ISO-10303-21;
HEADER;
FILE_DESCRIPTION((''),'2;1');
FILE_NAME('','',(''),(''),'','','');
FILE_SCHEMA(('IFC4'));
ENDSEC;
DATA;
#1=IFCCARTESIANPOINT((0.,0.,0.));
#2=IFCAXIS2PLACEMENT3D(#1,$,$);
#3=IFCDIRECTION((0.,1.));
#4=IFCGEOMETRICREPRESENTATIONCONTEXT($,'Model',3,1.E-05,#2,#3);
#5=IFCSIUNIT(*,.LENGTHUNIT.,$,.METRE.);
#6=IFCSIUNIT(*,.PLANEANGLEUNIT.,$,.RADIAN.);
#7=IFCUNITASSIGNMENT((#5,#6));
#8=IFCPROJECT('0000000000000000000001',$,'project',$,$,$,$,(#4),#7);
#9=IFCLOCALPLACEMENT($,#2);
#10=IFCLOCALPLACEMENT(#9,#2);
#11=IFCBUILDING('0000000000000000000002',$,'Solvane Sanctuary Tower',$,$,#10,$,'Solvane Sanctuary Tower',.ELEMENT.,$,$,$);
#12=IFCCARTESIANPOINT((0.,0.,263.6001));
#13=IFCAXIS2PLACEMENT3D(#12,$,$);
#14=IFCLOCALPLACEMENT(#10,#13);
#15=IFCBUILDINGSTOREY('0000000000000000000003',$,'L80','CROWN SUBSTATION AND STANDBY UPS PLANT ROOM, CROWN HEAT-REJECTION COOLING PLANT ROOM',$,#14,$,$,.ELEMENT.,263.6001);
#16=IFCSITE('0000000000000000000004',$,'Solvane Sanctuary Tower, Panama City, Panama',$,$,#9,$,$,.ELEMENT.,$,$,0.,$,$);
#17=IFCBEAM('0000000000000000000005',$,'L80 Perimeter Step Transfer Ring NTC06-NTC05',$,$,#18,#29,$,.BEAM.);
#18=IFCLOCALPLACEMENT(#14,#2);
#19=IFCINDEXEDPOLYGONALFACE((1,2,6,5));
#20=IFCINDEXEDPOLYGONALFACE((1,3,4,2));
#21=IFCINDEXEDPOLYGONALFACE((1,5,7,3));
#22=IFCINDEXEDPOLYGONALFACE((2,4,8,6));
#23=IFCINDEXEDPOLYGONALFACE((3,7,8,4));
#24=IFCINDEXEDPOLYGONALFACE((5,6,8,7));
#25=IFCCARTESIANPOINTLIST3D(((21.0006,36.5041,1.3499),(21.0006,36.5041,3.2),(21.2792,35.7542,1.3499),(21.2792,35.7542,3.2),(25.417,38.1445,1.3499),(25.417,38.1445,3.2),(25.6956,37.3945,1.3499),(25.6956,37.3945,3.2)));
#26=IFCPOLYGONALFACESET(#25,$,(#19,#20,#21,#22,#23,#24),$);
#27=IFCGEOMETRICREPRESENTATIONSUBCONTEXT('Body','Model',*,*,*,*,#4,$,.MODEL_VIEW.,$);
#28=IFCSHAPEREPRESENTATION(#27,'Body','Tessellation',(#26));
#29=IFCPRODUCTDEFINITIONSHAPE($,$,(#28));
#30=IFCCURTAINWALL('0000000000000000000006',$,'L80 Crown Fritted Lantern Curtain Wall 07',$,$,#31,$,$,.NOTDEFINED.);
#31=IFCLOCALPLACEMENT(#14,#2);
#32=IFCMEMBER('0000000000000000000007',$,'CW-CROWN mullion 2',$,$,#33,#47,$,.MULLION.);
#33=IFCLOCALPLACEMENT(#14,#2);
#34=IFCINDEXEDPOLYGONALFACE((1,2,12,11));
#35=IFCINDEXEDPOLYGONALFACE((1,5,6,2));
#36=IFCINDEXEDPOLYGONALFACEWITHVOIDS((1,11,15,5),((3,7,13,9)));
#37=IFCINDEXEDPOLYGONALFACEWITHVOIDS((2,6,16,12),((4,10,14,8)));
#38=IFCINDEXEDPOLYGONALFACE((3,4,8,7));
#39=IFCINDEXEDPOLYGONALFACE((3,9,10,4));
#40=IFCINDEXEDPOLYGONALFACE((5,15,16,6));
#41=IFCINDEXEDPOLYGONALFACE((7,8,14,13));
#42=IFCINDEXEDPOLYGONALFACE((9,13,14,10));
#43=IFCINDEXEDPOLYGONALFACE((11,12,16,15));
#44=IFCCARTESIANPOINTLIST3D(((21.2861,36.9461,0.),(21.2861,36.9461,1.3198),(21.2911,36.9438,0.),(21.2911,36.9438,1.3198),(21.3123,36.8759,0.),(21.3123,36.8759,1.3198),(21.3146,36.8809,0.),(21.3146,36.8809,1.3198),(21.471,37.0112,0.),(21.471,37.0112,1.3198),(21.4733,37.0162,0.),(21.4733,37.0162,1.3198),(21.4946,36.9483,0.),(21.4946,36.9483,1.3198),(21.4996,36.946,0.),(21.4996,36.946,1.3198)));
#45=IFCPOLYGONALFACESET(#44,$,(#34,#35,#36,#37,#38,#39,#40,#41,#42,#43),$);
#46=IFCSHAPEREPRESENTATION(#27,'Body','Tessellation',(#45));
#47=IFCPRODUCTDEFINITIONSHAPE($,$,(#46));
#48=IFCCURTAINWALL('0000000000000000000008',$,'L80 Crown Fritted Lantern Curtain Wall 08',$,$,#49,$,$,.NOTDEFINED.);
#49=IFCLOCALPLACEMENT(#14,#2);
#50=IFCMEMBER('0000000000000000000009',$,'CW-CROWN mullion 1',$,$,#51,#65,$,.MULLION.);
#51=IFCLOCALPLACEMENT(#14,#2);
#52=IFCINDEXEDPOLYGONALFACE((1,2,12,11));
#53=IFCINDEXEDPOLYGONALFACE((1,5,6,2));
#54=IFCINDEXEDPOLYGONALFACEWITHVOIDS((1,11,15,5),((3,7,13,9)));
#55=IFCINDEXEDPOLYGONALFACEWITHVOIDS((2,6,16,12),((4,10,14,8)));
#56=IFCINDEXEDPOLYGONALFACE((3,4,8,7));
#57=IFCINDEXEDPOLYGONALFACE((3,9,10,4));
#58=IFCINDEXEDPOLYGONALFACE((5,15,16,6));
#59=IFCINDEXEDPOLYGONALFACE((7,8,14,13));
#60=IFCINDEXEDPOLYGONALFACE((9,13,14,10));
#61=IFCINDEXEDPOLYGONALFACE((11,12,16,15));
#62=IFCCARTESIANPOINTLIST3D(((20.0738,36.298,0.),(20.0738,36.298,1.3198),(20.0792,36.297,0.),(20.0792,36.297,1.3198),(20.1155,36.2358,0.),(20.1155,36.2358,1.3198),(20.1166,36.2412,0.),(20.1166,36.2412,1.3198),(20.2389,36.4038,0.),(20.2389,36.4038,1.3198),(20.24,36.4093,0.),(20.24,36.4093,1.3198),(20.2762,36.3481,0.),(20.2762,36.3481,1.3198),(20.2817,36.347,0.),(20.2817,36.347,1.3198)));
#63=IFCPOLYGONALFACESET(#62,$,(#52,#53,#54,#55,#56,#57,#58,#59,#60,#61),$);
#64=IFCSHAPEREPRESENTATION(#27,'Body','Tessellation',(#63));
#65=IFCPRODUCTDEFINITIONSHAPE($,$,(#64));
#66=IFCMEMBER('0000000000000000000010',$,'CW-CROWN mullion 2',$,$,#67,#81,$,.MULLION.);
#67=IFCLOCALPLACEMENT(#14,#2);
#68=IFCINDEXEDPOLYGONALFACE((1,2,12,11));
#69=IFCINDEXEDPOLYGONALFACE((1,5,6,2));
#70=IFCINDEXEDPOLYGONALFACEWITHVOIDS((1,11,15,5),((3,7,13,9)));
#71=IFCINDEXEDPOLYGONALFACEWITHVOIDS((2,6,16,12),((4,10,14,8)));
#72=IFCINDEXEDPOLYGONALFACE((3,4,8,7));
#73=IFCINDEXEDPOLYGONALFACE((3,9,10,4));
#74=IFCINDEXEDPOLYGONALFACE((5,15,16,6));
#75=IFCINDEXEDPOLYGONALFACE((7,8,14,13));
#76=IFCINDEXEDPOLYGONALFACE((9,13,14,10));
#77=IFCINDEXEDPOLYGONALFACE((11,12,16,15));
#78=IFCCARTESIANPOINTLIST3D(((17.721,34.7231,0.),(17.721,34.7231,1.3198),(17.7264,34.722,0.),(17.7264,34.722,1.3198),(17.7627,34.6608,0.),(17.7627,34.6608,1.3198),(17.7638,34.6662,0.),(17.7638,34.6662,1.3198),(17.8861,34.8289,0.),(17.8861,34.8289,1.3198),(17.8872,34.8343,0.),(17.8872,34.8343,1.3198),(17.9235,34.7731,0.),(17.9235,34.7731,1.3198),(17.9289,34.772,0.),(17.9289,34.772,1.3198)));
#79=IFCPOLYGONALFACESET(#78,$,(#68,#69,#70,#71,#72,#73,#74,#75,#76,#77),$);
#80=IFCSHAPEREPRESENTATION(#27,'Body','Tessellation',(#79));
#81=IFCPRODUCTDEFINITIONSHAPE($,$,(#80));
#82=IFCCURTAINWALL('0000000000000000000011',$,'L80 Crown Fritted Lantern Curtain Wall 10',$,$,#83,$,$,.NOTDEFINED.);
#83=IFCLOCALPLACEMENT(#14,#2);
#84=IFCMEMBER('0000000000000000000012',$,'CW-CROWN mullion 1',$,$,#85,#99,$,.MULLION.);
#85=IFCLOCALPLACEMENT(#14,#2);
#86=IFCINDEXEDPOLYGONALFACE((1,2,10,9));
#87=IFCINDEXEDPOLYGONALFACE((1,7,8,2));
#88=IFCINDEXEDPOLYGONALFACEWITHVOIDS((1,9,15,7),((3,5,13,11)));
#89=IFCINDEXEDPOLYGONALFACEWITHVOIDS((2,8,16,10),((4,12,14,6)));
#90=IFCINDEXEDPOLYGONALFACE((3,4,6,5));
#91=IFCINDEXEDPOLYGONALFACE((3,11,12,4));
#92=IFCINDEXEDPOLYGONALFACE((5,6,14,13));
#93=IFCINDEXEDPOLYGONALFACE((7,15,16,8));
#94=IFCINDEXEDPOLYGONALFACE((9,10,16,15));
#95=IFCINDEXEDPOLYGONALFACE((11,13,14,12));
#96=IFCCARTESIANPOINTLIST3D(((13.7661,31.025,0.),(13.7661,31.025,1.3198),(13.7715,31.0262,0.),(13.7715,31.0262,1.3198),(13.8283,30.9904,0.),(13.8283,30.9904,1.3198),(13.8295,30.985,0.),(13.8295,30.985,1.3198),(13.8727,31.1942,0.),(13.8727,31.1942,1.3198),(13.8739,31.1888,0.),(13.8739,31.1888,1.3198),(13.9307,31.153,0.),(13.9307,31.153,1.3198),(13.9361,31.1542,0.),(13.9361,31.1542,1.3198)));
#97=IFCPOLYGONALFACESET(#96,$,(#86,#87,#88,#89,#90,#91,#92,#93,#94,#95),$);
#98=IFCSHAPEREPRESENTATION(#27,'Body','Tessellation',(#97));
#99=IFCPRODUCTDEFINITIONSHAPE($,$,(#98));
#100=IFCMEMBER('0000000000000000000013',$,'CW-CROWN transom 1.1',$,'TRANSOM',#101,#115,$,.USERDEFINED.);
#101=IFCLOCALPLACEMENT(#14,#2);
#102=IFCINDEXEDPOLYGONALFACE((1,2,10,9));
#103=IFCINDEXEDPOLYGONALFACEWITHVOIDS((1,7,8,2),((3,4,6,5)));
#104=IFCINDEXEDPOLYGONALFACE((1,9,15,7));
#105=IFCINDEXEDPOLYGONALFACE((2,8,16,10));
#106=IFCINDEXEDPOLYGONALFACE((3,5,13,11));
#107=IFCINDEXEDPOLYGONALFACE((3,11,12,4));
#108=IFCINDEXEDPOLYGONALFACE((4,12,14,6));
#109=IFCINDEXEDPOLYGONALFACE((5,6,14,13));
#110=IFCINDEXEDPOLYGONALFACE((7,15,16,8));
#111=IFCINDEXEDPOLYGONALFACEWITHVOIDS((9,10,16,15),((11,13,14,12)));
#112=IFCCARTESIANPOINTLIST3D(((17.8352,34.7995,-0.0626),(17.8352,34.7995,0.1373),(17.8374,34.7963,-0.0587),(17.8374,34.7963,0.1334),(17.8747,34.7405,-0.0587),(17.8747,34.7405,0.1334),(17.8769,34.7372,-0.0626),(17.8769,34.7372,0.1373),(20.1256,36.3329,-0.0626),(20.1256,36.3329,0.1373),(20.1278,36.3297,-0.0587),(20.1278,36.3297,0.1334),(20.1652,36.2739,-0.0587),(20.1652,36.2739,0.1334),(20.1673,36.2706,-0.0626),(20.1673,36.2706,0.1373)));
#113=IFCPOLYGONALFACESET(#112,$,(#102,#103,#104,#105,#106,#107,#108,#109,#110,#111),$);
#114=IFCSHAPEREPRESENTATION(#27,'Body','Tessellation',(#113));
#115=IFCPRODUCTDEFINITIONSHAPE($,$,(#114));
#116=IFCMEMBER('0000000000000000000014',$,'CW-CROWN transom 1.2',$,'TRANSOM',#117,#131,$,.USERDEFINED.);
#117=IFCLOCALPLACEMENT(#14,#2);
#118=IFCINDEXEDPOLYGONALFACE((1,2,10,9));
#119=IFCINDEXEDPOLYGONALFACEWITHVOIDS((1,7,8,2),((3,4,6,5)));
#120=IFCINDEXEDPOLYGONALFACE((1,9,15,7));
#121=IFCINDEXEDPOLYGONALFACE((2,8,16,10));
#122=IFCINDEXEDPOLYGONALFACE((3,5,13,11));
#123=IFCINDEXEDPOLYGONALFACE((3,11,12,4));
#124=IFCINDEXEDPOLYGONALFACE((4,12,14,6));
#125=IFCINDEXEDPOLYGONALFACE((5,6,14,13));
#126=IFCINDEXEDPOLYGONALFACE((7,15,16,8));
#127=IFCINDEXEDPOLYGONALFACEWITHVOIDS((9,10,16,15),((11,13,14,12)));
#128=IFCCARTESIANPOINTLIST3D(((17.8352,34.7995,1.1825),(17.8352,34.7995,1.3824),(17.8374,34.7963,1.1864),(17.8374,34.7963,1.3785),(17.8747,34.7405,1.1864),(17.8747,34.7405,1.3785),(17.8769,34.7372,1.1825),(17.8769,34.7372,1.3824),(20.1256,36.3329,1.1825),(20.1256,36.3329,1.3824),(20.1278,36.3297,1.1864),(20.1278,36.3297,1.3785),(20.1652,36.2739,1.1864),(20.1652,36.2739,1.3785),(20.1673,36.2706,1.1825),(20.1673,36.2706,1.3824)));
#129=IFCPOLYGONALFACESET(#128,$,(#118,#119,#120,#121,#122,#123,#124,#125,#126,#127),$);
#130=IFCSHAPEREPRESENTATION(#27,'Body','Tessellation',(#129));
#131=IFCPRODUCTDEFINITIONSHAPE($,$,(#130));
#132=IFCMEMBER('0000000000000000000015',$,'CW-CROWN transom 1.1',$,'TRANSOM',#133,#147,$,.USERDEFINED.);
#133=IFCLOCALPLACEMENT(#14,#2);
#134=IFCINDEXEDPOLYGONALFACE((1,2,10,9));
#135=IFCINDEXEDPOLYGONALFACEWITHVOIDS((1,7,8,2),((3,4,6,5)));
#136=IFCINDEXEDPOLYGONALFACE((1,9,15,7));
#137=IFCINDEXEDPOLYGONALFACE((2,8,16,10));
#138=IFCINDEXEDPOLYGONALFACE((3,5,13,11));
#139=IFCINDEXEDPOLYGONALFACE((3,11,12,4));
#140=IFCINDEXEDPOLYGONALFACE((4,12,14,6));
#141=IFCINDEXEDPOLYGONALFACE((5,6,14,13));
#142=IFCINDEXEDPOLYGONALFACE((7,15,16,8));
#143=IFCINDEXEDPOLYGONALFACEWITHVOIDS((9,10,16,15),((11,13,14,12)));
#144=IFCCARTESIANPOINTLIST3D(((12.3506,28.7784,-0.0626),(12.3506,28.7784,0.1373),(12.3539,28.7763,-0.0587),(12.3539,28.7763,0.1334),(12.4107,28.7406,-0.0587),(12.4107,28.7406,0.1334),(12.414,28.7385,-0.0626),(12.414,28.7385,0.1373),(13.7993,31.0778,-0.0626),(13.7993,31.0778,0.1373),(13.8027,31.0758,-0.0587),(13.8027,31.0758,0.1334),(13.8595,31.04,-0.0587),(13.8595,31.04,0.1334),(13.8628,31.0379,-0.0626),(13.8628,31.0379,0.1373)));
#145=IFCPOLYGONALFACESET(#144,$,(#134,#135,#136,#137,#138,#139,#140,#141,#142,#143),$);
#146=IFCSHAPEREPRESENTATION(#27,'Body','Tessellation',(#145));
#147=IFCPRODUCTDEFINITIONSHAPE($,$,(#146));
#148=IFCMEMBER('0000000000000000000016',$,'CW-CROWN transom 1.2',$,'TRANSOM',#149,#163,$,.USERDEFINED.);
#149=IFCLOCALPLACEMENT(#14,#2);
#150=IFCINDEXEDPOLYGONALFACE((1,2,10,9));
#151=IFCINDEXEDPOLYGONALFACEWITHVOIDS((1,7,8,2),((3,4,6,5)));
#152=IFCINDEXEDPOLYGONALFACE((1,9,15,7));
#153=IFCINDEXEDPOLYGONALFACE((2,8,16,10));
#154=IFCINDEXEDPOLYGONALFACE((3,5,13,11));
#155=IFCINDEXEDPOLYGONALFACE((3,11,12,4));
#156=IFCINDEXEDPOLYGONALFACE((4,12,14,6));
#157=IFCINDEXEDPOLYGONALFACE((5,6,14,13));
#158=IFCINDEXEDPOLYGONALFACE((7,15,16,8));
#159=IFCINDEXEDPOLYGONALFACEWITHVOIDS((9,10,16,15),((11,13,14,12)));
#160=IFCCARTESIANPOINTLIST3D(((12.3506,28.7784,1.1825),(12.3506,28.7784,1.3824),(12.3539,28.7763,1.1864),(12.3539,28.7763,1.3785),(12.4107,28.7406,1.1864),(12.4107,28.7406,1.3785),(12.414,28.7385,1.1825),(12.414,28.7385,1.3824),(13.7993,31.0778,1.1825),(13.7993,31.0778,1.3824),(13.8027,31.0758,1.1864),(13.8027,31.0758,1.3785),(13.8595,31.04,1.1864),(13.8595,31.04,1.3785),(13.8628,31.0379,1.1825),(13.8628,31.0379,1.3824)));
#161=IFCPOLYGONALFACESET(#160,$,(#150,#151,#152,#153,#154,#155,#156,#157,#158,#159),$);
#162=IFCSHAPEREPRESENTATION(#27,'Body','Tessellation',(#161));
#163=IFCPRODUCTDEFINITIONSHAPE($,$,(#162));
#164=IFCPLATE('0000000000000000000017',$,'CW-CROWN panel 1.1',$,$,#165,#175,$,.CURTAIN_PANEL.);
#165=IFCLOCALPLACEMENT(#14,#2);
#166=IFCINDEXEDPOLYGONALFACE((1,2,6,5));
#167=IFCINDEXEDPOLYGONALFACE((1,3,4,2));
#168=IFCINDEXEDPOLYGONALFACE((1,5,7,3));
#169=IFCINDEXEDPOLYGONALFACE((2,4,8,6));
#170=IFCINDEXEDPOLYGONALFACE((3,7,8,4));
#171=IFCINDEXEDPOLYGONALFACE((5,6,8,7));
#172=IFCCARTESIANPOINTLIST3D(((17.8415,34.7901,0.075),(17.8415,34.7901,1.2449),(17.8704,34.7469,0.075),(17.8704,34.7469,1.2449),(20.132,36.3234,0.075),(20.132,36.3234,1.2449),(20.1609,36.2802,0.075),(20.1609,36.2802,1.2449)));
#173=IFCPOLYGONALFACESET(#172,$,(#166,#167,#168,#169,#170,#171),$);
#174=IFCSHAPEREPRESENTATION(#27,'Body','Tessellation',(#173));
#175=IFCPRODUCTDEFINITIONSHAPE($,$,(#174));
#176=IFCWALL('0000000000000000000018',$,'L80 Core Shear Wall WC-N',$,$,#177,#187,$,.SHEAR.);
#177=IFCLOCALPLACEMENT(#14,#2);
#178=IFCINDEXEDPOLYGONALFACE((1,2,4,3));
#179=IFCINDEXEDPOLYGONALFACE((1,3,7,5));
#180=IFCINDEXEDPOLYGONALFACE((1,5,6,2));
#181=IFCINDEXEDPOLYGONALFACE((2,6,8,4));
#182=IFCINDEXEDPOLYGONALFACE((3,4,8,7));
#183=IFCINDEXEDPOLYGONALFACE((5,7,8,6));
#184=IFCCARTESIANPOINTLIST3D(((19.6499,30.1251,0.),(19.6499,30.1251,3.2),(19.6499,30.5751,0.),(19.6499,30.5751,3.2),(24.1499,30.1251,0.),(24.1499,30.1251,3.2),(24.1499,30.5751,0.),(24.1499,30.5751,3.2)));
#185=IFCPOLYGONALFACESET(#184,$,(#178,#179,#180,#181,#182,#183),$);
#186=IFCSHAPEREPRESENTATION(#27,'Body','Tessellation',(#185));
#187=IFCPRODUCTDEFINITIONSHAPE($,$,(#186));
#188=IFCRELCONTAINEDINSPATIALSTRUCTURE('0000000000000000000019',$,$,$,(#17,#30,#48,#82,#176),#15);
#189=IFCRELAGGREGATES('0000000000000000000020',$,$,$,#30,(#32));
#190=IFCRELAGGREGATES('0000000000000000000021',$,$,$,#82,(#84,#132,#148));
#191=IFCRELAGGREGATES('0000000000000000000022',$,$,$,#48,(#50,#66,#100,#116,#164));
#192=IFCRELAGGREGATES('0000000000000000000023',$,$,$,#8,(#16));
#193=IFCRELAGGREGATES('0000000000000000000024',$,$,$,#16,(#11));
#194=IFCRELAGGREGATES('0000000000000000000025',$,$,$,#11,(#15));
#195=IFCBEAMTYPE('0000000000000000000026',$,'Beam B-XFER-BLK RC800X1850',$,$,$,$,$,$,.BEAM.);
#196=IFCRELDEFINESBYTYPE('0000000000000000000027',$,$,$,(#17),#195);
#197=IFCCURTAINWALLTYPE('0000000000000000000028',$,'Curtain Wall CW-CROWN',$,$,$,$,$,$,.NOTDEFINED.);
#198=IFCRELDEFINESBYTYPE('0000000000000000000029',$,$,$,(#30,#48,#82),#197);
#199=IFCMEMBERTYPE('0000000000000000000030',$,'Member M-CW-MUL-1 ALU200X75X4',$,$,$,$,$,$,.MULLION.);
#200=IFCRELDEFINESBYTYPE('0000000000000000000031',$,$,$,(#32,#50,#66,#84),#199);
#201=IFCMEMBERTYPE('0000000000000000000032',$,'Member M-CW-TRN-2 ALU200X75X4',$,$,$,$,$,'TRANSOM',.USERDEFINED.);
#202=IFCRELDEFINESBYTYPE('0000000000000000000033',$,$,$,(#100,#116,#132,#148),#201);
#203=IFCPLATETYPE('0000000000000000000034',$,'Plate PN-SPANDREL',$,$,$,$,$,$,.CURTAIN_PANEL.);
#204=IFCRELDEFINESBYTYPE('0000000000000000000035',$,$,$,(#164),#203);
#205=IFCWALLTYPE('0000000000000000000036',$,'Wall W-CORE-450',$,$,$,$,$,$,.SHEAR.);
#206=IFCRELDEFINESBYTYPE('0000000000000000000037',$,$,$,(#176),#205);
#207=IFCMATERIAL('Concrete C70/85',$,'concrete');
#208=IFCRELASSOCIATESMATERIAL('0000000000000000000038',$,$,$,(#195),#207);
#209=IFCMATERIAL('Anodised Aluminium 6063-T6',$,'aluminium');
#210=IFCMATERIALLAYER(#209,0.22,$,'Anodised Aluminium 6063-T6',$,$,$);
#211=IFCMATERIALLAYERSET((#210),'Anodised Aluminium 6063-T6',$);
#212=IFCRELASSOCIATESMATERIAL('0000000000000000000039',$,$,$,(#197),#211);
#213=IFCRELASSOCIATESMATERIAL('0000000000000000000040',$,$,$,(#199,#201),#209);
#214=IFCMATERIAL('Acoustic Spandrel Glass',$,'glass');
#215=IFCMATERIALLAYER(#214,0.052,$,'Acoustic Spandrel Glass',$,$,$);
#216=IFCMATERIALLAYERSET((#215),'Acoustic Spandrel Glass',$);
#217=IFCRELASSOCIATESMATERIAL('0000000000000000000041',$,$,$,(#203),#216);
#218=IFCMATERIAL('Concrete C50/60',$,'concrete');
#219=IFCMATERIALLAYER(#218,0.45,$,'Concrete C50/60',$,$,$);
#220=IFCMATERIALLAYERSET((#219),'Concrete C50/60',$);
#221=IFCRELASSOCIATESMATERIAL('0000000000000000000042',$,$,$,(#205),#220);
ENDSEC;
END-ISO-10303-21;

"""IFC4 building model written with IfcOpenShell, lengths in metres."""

from ifc_helpers import new_model, si_unit, direction, frame, frame_2d, origin, origin_2d, place, context, subcontext, project, spatial, rectangle, hollow_rectangle, extrude, material, layer, layer_set, material_profile, profile_set, type_object, element, aggregate, save


model = new_model("IFC4")

# Units and contexts
model_context = context("Model", 3, precision=1e-05, world=origin(), true_north=direction((0.0, 1.0)))
body_context = subcontext(model_context, "Body", "Model", "MODEL_VIEW")
ifc_project = project(units=[si_unit("LENGTHUNIT", "METRE"), si_unit("PLANEANGLEUNIT", "RADIAN")], contexts=[model_context])

# Site, building, storey
site_placement = place(None, origin())
site = spatial("IfcSite", under=ifc_project, at=site_placement, Name="Solvane Sanctuary Tower, Panama City, Panama", CompositionType="ELEMENT", RefElevation=0.0)
building_placement = place(site_placement, origin())
building = spatial("IfcBuilding", under=site, at=building_placement, Name="Solvane Sanctuary Tower", LongName="Solvane Sanctuary Tower", CompositionType="ELEMENT")
storey_placement = place(building_placement, frame((0.0, 0.0, 263.6001)))
storey = spatial("IfcBuildingStorey", under=building, at=storey_placement, Name="L80", Description="CROWN SUBSTATION AND STANDBY UPS PLANT ROOM, CROWN HEAT-REJECTION COOLING PLANT ROOM", CompositionType="ELEMENT", Elevation=263.6001)

# Shared definitions
ifc_material_1 = material(Name="Concrete C70/85", Category="concrete")

# Beam
ifc_material_profile_1 = material_profile(ifc_material_1, rectangle(XDim=0.8, YDim=1.8501, at=origin_2d()), Name="RC800X1850")
ifc_profile_set_1 = profile_set([ifc_material_profile_1], Name="Concrete C70/85")
beam_type_1 = type_object("IfcBeamType", Name="Beam B-XFER-BLK RC800X1850", PredefinedType="BEAM", material=ifc_profile_set_1)
beam_1_placement = place(storey_placement, frame((21.1399, 36.1292, 2.2749), z_axis=(0.937428, 0.34818, 0.0), x_axis=(-0.34818, 0.937428, 0.0)))
element("IfcBeam", 1, at=beam_1_placement, inside=storey, type_object=beam_type_1, Name="L80 Perimeter Step Transfer Ring NTC06-NTC05", PredefinedType="BEAM", context=body_context, shape_type="SweptSolid", body=[
    extrude(rectangle(XDim=0.8, YDim=1.8501, at=origin_2d()), origin(), (0.0, 0.0, 1.0), 4.7112),
])

# Curtain wall, member
ifc_material_2 = material(Name="Anodised Aluminium 6063-T6", Category="aluminium")
ifc_layer_1 = layer(ifc_material_2, 0.22, Name="Anodised Aluminium 6063-T6")
ifc_layer_set_1 = layer_set([ifc_layer_1], Name="Anodised Aluminium 6063-T6")
curtain_wall_type = type_object("IfcCurtainWallType", Name="Curtain Wall CW-CROWN", PredefinedType="NOTDEFINED", material=ifc_layer_set_1)
curtain_wall_1_placement = place(storey_placement, origin())
curtain_wall_1 = element("IfcCurtainWall", 2, at=curtain_wall_1_placement, inside=storey, type_object=curtain_wall_type, Name="L80 Crown Fritted Lantern Curtain Wall 07", PredefinedType="NOTDEFINED")
ifc_material_profile_2 = material_profile(ifc_material_2, hollow_rectangle(XDim=0.075, YDim=0.2, WallThickness=0.0039, at=origin_2d()), Name="ALU200X75X4")
ifc_profile_set_2 = profile_set([ifc_material_profile_2], Name="Anodised Aluminium 6063-T6")
member_type_1 = type_object("IfcMemberType", Name="Member M-CW-MUL-1 ALU200X75X4", PredefinedType="MULLION", material=ifc_profile_set_2)
member_1_placement = place(storey_placement, frame((21.3928, 36.946, 0.0), z_axis=(0.0, 0.0, 1.0), x_axis=(0.350518, -0.936556, 0.0)))
member_1 = element("IfcMember", 3, at=member_1_placement, type_object=member_type_1, Name="CW-CROWN mullion 2", PredefinedType="MULLION", context=body_context, shape_type="SweptSolid", body=[
    extrude(hollow_rectangle(XDim=0.075, YDim=0.2, WallThickness=0.0039, at=origin_2d()), origin(), (0.0, 0.0, 1.0), 1.3198),
])
aggregate(curtain_wall_1, [member_1])

# Curtain wall, members
curtain_wall_2_placement = place(storey_placement, origin())
curtain_wall_2 = element("IfcCurtainWall", 4, at=curtain_wall_2_placement, inside=storey, type_object=curtain_wall_type, Name="L80 Crown Fritted Lantern Curtain Wall 08", PredefinedType="NOTDEFINED")
member_2_placement = place(storey_placement, frame((20.1777, 36.3225, 0.0), z_axis=(0.0, 0.0, 1.0), x_axis=(0.556279, -0.830995, 0.0)))
member_2 = element("IfcMember", 5, at=member_2_placement, type_object=member_type_1, Name="CW-CROWN mullion 1", PredefinedType="MULLION", context=body_context, shape_type="SweptSolid", body=[
    extrude(hollow_rectangle(XDim=0.075, YDim=0.2, WallThickness=0.0039, at=origin_2d()), origin(), (0.0, 0.0, 1.0), 1.3198),
])
member_3_placement = place(storey_placement, frame((17.825, 34.7476, 0.0), z_axis=(0.0, 0.0, 1.0), x_axis=(0.556279, -0.830995, 0.0)))
member_3 = element("IfcMember", 6, at=member_3_placement, type_object=member_type_1, Name="CW-CROWN mullion 2", PredefinedType="MULLION", context=body_context, shape_type="SweptSolid", body=[
    extrude(hollow_rectangle(XDim=0.075, YDim=0.2, WallThickness=0.0039, at=origin_2d()), origin(), (0.0, 0.0, 1.0), 1.3198),
])

# Curtain wall, member
curtain_wall_3_placement = place(storey_placement, origin())
curtain_wall_3 = element("IfcCurtainWall", 7, at=curtain_wall_3_placement, inside=storey, type_object=curtain_wall_type, Name="L80 Crown Fritted Lantern Curtain Wall 10", PredefinedType="NOTDEFINED")
member_4_placement = place(storey_placement, frame((13.8511, 31.0896, 0.0), z_axis=(0.0, 0.0, 1.0), x_axis=(0.846087, -0.533045, 0.0)))
member_4 = element("IfcMember", 8, at=member_4_placement, type_object=member_type_1, Name="CW-CROWN mullion 1", PredefinedType="MULLION", context=body_context, shape_type="SweptSolid", body=[
    extrude(hollow_rectangle(XDim=0.075, YDim=0.2, WallThickness=0.0039, at=origin_2d()), origin(), (0.0, 0.0, 1.0), 1.3198),
])

# Members
ifc_material_profile_3 = material_profile(ifc_material_2, hollow_rectangle(XDim=0.075, YDim=0.2, WallThickness=0.0039, at=origin_2d()), Name="ALU200X75X4")
ifc_profile_set_3 = profile_set([ifc_material_profile_3], Name="Anodised Aluminium 6063-T6")
member_type_2 = type_object("IfcMemberType", Name="Member M-CW-TRN-2 ALU200X75X4", ElementType="TRANSOM", PredefinedType="USERDEFINED", material=ifc_profile_set_3)
member_5_placement = place(storey_placement, frame((20.1465, 36.3018, 0.0374), z_axis=(-0.830972, -0.556314, 0.0), x_axis=(0.556314, -0.830972, 0.0)))
member_5 = element("IfcMember", 9, at=member_5_placement, type_object=member_type_2, Name="CW-CROWN transom 1.1", ObjectType="TRANSOM", PredefinedType="USERDEFINED", context=body_context, shape_type="SweptSolid", body=[
    extrude(hollow_rectangle(XDim=0.075, YDim=0.2, WallThickness=0.0039, at=origin_2d()), origin(), (0.0, 0.0, 1.0), 2.7563),
])
member_6_placement = place(storey_placement, frame((20.1465, 36.3018, 1.2825), z_axis=(-0.830972, -0.556314, 0.0), x_axis=(0.556314, -0.830972, 0.0)))
member_6 = element("IfcMember", 10, at=member_6_placement, type_object=member_type_2, Name="CW-CROWN transom 1.2", ObjectType="TRANSOM", PredefinedType="USERDEFINED", context=body_context, shape_type="SweptSolid", body=[
    extrude(hollow_rectangle(XDim=0.075, YDim=0.2, WallThickness=0.0039, at=origin_2d()), origin(), (0.0, 0.0, 1.0), 2.7563),
])
member_7_placement = place(storey_placement, frame((13.8311, 31.0579, 0.0374), z_axis=(-0.53308, -0.846065, 0.0), x_axis=(0.846065, -0.53308, 0.0)))
member_7 = element("IfcMember", 11, at=member_7_placement, type_object=member_type_2, Name="CW-CROWN transom 1.1", ObjectType="TRANSOM", PredefinedType="USERDEFINED", context=body_context, shape_type="SweptSolid", body=[
    extrude(hollow_rectangle(XDim=0.075, YDim=0.2, WallThickness=0.0039, at=origin_2d()), origin(), (0.0, 0.0, 1.0), 2.7178),
])
member_8_placement = place(storey_placement, frame((13.8311, 31.0579, 1.2825), z_axis=(-0.53308, -0.846065, 0.0), x_axis=(0.846065, -0.53308, 0.0)))
member_8 = element("IfcMember", 12, at=member_8_placement, type_object=member_type_2, Name="CW-CROWN transom 1.2", ObjectType="TRANSOM", PredefinedType="USERDEFINED", context=body_context, shape_type="SweptSolid", body=[
    extrude(hollow_rectangle(XDim=0.075, YDim=0.2, WallThickness=0.0039, at=origin_2d()), origin(), (0.0, 0.0, 1.0), 2.7178),
])
aggregate(curtain_wall_3, [member_4, member_7, member_8])

# Plate
ifc_material_3 = material(Name="Acoustic Spandrel Glass", Category="glass")
ifc_layer_2 = layer(ifc_material_3, 0.052, Name="Acoustic Spandrel Glass")
ifc_layer_set_2 = layer_set([ifc_layer_2], Name="Acoustic Spandrel Glass")
plate_type = type_object("IfcPlateType", Name="Plate PN-SPANDREL", PredefinedType="CURTAIN_PANEL", material=ifc_layer_set_2)
plate_placement = place(storey_placement, frame((19.0012, 35.5352, 0.075), z_axis=(0.0, 0.0, 1.0), x_axis=(-0.830995, -0.556279, 0.0)))
plate = element("IfcPlate", 13, at=plate_placement, type_object=plate_type, Name="CW-CROWN panel 1.1", PredefinedType="CURTAIN_PANEL", context=body_context, shape_type="SweptSolid", body=[
    extrude(rectangle(XDim=2.7563, YDim=0.052, at=origin_2d()), origin(), (0.0, 0.0, 1.0), 1.1699),
])
aggregate(curtain_wall_2, [member_2, member_3, member_5, member_6, plate])

# Wall
ifc_material_4 = material(Name="Concrete C50/60", Category="concrete")
ifc_layer_3 = layer(ifc_material_4, 0.45, Name="Concrete C50/60")
ifc_layer_set_3 = layer_set([ifc_layer_3], Name="Concrete C50/60")
wall_type_1 = type_object("IfcWallType", Name="Wall W-CORE-450", PredefinedType="SHEAR", material=ifc_layer_set_3)
wall_1_placement = place(storey_placement, frame((19.6499, 30.3501, 0.0), z_axis=(0.0, 0.0, 1.0), x_axis=(1.0, 0.0, 0.0)))
element("IfcWall", 14, at=wall_1_placement, inside=storey, type_object=wall_type_1, Name="L80 Core Shear Wall WC-N", PredefinedType="SHEAR", context=body_context, shape_type="SweptSolid", body=[
    extrude(rectangle(XDim=4.5, YDim=0.45, at=frame_2d((2.25, 0.0))), origin(), (0.0, 0.0, 1.0), 3.2),
])

save(model, "model.ifc")
